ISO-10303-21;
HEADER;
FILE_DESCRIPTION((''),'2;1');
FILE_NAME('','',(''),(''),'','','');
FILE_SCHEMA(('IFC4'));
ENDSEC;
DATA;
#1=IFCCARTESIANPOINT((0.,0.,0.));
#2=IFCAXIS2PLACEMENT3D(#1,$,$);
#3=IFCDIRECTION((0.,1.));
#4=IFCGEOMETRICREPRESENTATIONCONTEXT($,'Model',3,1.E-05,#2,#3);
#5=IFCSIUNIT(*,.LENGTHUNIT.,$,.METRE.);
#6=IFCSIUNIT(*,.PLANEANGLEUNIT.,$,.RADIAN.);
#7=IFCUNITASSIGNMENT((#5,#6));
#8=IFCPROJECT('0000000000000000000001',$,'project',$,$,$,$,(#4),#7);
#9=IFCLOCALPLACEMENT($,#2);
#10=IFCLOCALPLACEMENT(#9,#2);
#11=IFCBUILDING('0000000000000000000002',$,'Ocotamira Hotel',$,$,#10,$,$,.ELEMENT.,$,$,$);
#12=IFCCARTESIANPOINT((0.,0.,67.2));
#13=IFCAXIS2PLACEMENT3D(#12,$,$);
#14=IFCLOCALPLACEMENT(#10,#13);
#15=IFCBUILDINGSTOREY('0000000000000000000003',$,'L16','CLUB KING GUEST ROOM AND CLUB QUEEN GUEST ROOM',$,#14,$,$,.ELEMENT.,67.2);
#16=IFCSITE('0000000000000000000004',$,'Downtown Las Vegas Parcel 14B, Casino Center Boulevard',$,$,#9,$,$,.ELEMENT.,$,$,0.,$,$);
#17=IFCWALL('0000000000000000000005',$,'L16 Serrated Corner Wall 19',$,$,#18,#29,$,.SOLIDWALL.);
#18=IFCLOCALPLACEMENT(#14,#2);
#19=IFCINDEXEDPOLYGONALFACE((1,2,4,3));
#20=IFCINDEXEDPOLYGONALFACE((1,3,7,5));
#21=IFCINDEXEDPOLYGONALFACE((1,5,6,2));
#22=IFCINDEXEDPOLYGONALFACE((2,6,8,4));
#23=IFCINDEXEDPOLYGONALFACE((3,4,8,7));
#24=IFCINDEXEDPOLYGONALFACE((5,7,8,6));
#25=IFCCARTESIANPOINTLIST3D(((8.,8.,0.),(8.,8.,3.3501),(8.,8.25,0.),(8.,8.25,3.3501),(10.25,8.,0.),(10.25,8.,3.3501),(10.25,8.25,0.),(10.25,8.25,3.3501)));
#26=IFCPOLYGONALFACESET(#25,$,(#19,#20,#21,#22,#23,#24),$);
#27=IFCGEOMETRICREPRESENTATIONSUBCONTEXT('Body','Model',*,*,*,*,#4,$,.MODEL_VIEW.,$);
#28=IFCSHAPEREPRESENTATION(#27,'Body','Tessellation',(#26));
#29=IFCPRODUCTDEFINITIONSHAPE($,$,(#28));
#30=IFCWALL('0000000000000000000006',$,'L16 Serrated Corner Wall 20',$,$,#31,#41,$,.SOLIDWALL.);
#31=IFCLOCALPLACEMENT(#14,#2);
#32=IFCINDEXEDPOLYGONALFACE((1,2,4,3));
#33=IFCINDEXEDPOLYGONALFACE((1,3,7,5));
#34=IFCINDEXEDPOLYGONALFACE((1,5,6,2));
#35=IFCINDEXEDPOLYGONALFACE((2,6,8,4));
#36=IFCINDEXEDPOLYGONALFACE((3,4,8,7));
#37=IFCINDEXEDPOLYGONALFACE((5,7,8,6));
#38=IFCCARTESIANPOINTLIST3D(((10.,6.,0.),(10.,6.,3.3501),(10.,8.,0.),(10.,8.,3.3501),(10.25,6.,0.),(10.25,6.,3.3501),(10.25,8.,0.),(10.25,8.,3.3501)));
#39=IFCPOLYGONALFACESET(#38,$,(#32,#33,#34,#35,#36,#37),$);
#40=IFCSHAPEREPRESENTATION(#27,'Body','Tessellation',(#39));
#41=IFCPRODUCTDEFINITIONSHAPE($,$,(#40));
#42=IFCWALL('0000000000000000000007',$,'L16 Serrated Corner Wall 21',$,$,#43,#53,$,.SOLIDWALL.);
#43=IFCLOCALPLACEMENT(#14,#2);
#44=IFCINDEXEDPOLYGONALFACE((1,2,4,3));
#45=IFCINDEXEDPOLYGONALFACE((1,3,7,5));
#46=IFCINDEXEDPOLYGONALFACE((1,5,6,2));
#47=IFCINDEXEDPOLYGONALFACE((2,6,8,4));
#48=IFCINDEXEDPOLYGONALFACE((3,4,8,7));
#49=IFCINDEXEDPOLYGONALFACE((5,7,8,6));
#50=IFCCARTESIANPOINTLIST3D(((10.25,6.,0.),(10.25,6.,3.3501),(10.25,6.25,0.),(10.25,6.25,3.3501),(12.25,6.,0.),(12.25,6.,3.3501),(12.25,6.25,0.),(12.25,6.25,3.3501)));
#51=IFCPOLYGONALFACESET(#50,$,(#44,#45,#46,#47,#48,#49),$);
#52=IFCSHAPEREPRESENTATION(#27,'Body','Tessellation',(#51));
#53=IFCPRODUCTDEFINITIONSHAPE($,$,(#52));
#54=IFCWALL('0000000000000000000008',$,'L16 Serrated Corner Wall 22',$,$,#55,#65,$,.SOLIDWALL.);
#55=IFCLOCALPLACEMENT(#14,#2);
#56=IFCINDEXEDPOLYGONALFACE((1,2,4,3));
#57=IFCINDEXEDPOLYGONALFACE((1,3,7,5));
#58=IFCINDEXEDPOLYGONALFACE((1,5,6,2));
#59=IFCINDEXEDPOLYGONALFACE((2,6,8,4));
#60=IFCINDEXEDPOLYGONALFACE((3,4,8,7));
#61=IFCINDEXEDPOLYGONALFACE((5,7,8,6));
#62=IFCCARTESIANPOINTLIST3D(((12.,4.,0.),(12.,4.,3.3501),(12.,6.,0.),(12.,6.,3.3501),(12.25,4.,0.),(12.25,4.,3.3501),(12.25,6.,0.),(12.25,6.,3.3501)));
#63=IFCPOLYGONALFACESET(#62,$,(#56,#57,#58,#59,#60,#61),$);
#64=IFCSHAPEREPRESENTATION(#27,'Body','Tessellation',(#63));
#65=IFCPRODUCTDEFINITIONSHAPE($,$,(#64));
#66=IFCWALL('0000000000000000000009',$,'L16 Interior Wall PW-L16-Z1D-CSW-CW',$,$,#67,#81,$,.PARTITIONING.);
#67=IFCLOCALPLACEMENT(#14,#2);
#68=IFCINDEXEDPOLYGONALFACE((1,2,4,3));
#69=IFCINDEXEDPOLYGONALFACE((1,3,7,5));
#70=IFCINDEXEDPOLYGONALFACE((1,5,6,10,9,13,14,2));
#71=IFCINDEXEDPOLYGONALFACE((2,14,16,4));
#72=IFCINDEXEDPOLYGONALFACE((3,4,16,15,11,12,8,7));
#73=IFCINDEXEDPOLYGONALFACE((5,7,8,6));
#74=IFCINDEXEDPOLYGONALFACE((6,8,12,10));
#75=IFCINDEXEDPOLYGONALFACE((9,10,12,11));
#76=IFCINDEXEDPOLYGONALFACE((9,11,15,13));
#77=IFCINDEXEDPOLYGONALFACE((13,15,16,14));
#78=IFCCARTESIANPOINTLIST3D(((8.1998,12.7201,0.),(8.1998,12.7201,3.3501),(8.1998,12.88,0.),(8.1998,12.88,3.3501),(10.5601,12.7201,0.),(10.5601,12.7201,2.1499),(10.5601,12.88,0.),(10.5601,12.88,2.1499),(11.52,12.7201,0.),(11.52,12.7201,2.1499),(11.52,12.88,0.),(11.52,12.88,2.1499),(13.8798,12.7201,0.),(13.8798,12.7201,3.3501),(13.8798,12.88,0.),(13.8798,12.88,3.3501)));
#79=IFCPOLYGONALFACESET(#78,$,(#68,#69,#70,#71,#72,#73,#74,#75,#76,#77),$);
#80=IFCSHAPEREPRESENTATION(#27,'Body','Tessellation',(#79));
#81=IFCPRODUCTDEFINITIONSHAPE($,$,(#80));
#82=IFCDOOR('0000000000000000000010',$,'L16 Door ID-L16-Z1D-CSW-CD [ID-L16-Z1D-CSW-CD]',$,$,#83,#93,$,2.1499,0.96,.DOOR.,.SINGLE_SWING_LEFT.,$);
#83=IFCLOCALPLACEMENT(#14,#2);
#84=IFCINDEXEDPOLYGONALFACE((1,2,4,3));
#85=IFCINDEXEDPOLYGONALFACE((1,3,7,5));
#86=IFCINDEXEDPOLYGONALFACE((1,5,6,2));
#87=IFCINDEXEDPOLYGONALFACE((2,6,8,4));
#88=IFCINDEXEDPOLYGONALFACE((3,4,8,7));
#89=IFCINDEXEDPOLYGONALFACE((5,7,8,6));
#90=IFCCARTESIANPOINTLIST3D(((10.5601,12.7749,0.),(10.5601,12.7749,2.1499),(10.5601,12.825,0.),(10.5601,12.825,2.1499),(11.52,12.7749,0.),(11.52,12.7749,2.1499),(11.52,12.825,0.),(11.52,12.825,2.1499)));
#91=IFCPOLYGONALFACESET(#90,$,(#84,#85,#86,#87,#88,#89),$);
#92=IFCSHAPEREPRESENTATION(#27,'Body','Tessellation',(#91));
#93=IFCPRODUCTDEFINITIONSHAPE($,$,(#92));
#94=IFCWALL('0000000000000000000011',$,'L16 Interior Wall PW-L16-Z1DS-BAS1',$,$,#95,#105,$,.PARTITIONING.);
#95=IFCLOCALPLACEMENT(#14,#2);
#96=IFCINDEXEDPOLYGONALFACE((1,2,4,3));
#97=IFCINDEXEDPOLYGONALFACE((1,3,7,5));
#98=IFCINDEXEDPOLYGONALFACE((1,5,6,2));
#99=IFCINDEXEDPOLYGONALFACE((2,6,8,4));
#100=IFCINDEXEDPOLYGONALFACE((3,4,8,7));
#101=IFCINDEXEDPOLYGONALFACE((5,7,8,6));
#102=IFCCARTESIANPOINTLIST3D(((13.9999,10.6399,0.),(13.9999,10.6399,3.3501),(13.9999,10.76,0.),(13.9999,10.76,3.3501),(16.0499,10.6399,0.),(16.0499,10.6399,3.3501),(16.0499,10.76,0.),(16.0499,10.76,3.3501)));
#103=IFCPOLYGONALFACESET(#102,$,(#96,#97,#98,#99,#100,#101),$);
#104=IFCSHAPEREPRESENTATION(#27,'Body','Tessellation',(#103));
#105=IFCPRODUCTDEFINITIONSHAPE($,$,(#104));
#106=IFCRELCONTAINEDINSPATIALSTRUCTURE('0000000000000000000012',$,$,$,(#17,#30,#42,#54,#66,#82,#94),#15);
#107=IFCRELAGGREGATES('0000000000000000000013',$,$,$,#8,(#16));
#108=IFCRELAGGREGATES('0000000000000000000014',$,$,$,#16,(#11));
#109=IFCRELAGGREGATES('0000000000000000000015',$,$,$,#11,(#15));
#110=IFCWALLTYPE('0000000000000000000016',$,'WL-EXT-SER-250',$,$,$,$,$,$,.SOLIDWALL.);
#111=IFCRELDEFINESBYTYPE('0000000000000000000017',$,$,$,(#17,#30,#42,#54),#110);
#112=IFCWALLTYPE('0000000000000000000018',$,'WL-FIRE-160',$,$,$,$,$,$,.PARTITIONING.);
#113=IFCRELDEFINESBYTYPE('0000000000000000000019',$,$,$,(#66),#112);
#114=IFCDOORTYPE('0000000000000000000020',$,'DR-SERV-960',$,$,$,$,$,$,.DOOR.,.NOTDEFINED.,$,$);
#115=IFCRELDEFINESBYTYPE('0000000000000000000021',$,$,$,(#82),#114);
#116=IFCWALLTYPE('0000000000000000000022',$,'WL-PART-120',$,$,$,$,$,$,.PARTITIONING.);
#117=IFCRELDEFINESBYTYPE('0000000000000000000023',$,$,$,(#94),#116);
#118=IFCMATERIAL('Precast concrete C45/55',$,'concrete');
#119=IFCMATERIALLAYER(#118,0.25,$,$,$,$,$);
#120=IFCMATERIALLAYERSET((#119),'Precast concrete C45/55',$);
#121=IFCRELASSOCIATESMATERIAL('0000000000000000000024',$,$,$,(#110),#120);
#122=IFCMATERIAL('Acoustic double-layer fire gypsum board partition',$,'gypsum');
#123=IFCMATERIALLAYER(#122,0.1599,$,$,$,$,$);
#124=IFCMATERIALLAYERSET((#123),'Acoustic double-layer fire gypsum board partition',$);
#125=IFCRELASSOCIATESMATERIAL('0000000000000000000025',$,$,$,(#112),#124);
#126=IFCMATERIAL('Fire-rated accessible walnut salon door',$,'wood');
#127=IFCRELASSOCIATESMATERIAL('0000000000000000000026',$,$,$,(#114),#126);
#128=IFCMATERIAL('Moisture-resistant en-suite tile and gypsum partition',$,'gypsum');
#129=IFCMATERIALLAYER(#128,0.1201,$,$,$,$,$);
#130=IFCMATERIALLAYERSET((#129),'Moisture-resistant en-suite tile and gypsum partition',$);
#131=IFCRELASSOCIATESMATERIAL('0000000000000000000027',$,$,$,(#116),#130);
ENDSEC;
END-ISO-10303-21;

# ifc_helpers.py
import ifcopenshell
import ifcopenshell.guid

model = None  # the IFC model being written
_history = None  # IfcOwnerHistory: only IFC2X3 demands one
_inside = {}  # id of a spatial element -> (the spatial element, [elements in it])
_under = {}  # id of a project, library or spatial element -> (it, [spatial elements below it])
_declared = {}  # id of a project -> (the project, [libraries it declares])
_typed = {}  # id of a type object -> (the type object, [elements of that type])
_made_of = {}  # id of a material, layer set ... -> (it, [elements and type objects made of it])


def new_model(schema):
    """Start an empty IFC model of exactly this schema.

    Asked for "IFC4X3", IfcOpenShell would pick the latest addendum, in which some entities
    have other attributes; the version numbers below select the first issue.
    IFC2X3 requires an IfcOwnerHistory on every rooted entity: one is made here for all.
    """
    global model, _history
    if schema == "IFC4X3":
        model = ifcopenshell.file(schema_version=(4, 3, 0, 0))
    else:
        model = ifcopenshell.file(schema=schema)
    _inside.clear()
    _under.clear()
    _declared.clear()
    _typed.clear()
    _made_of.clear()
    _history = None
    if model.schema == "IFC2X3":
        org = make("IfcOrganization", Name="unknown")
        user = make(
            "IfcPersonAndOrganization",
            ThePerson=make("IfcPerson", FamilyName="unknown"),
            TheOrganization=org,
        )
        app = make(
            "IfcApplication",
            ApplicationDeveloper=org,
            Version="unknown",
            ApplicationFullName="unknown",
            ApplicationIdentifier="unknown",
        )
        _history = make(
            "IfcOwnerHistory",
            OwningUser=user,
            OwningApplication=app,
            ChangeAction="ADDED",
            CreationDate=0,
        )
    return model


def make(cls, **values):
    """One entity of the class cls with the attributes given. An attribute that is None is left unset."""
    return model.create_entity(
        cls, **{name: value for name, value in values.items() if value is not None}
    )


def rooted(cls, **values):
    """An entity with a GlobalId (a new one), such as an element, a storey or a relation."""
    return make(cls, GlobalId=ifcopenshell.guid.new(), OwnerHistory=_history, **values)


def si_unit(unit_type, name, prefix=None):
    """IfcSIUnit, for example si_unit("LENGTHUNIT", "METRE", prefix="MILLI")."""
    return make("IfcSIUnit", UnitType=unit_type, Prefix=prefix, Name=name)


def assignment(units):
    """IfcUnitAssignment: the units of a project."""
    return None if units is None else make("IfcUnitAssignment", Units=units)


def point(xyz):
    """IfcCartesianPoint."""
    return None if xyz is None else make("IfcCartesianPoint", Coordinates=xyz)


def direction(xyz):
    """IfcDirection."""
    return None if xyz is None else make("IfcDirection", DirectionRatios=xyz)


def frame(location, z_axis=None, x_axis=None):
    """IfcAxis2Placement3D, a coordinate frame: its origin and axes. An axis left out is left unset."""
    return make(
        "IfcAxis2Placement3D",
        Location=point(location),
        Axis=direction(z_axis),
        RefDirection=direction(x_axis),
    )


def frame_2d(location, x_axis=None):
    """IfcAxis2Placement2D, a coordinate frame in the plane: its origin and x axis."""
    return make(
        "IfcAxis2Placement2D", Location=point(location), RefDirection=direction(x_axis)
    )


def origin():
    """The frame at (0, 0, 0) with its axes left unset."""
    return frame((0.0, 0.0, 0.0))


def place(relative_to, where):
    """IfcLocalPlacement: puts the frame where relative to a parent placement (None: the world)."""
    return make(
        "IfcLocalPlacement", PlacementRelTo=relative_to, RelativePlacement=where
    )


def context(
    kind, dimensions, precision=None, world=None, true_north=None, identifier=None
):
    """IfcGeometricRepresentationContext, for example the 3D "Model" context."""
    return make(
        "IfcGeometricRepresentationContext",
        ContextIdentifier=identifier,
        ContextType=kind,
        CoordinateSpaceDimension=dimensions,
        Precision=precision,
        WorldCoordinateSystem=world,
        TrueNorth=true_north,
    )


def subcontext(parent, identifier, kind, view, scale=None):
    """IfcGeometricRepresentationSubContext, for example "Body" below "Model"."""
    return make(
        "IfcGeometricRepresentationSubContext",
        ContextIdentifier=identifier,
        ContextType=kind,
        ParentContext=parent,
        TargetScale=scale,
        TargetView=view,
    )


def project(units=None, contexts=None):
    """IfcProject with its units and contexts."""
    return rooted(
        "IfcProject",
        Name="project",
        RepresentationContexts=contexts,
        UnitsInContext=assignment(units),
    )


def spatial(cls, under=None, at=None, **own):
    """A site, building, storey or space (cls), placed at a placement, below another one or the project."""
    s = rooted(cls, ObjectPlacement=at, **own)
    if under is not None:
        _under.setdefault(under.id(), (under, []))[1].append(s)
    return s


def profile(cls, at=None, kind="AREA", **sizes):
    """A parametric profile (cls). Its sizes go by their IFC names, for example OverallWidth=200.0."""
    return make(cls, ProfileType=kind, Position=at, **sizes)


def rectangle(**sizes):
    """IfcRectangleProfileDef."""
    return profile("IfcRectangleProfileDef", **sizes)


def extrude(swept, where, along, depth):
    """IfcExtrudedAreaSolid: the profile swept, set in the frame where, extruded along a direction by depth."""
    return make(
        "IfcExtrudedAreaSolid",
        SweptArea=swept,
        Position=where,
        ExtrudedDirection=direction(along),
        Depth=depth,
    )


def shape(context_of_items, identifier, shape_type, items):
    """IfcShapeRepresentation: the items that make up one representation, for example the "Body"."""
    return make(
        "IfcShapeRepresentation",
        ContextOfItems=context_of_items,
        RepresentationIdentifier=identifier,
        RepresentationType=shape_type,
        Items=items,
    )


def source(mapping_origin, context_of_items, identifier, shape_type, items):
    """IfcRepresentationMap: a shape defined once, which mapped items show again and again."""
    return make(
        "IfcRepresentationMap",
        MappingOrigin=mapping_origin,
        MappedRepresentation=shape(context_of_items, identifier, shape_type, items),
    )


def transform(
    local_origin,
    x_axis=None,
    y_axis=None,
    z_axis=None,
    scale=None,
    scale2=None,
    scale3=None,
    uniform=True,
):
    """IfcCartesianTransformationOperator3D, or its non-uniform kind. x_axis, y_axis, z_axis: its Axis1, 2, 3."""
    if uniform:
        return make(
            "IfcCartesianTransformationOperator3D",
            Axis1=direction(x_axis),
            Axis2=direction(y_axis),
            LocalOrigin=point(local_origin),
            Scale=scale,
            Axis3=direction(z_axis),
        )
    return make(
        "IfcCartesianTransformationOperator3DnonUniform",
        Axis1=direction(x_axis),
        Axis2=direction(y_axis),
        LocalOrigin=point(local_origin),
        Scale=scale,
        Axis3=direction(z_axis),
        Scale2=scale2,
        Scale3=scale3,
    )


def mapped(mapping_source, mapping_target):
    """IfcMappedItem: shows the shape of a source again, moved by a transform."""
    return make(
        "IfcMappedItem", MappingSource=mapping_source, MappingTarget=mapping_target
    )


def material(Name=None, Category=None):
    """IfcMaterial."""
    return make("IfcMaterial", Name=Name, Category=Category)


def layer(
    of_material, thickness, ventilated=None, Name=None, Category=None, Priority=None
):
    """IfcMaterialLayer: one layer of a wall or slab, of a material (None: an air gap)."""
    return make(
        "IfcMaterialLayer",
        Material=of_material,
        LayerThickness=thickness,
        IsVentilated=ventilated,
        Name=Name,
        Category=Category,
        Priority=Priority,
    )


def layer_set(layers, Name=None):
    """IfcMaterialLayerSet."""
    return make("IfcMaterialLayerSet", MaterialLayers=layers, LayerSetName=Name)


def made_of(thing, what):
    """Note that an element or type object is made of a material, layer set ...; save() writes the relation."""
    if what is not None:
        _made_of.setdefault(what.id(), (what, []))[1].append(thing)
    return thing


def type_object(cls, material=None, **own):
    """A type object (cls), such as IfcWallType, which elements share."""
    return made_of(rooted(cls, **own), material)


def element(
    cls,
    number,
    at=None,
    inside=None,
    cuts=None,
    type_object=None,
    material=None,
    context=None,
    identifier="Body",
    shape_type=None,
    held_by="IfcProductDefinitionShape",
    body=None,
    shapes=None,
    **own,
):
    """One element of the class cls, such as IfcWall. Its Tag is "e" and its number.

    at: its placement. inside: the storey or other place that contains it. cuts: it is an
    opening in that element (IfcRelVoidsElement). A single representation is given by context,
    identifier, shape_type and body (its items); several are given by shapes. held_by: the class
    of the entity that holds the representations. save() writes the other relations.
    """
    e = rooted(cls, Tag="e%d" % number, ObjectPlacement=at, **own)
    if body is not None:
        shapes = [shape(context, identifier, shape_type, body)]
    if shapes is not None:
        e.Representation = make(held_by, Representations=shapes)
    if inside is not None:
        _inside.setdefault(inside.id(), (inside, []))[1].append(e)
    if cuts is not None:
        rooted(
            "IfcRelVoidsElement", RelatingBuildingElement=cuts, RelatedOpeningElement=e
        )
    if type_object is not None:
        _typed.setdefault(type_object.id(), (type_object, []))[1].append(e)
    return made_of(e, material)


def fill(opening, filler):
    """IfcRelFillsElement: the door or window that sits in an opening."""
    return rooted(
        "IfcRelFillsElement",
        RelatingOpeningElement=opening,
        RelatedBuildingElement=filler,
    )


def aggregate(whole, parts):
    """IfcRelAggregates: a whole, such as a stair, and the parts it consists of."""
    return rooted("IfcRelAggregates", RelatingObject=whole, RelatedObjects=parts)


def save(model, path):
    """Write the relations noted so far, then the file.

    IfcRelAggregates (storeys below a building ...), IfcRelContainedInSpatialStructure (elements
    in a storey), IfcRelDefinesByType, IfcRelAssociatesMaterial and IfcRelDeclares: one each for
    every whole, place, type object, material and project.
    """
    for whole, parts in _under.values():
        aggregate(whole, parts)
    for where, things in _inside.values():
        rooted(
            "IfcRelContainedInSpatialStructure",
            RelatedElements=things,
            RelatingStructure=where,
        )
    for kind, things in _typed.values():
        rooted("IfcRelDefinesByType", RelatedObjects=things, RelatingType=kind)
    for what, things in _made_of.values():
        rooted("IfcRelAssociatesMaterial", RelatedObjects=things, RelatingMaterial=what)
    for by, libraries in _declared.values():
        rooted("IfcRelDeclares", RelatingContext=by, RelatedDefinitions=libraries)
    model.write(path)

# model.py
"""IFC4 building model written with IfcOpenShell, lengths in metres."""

from ifc_helpers import new_model, si_unit, direction, frame, frame_2d, origin, place, context, subcontext, project, spatial, rectangle, extrude, source, transform, mapped, material, layer, layer_set, type_object, element, fill, save


model = new_model("IFC4")

# Units and contexts
model_context = context("Model", 3, precision=1e-05, world=origin(), true_north=direction((0.0, 1.0)))
body_context = subcontext(model_context, "Body", "Model", "MODEL_VIEW")
ifc_project = project(units=[si_unit("LENGTHUNIT", "METRE"), si_unit("PLANEANGLEUNIT", "RADIAN")], contexts=[model_context])

# Site, building, storey
site_placement = place(None, origin())
site = spatial("IfcSite", under=ifc_project, at=site_placement, Name="Downtown Las Vegas Parcel 14B, Casino Center Boulevard", CompositionType="ELEMENT", RefElevation=0.0)
building_placement = place(site_placement, origin())
building = spatial("IfcBuilding", under=site, at=building_placement, Name="Ocotamira Hotel", CompositionType="ELEMENT")
storey_placement = place(building_placement, frame((0.0, 0.0, 67.2)))
storey = spatial("IfcBuildingStorey", under=building, at=storey_placement, Name="L16", Description="CLUB KING GUEST ROOM AND CLUB QUEEN GUEST ROOM", CompositionType="ELEMENT", Elevation=67.2)

# Walls
ifc_material_1 = material(Name="Precast concrete C45/55", Category="concrete")
ifc_layer_1 = layer(ifc_material_1, 0.25)
ifc_layer_set_1 = layer_set([ifc_layer_1], Name="Precast concrete C45/55")
wall_type_1 = type_object("IfcWallType", Name="WL-EXT-SER-250", PredefinedType="SOLIDWALL", material=ifc_layer_set_1)
wall_1_placement = place(storey_placement, frame((8.0, 8.125, 0.0), z_axis=(0.0, 0.0, 1.0), x_axis=(1.0, 0.0, 0.0)))
element("IfcWall", 1, at=wall_1_placement, inside=storey, type_object=wall_type_1, Name="L16 Serrated Corner Wall 19", PredefinedType="SOLIDWALL", context=body_context, shape_type="SweptSolid", body=[
    extrude(rectangle(XDim=2.25, YDim=0.25, at=frame_2d((1.125, 0.0))), origin(), (0.0, 0.0, 1.0), 3.3501),
])
for number, where, z_axis, x_axis, name in (
    (2, (10.125, 8.0, 0.0), (0.0, 0.0, 1.0), (0.0, -1.0, 0.0), "L16 Serrated Corner Wall 20"),
    (3, (10.25, 6.125, 0.0), (0.0, 0.0, 1.0), (1.0, 0.0, 0.0), "L16 Serrated Corner Wall 21"),
    (4, (12.125, 6.0, 0.0), (0.0, 0.0, 1.0), (0.0, -1.0, 0.0), "L16 Serrated Corner Wall 22"),
):
    element("IfcWall", number, at=place(storey_placement, frame(where, z_axis=z_axis, x_axis=x_axis)), inside=storey, type_object=wall_type_1, Name=name, PredefinedType="SOLIDWALL", context=body_context, shape_type="SweptSolid", body=[
        extrude(rectangle(XDim=2.0, YDim=0.25, at=frame_2d((1.0, 0.0))), origin(), (0.0, 0.0, 1.0), 3.3501),
    ])

# Wall, opening, door
ifc_material_2 = material(Name="Acoustic double-layer fire gypsum board partition", Category="gypsum")
ifc_layer_2 = layer(ifc_material_2, 0.1599)
ifc_layer_set_2 = layer_set([ifc_layer_2], Name="Acoustic double-layer fire gypsum board partition")
wall_type_2 = type_object("IfcWallType", Name="WL-FIRE-160", PredefinedType="PARTITIONING", material=ifc_layer_set_2)
wall_2_placement = place(storey_placement, frame((8.2, 12.8, 0.0), z_axis=(0.0, 0.0, 1.0), x_axis=(1.0, 0.0, 0.0)))
wall_2 = element("IfcWall", 5, at=wall_2_placement, inside=storey, type_object=wall_type_2, Name="L16 Interior Wall PW-L16-Z1D-CSW-CW", PredefinedType="PARTITIONING", context=body_context, shape_type="SweptSolid", body=[
    extrude(rectangle(XDim=5.6799, YDim=0.1599, at=frame_2d((2.8398, 0.0))), origin(), (0.0, 0.0, 1.0), 3.3501),
])
opening_1_placement = place(wall_2_placement, frame((2.3601, 0.0, 0.0)))
opening_1 = element("IfcOpeningElement", 6, at=opening_1_placement, cuts=wall_2, PredefinedType="OPENING", context=body_context, shape_type="SweptSolid", body=[
    extrude(rectangle(XDim=0.96, YDim=2.1499, at=frame_2d((0.48, 1.075))), frame((0.0, 0.0898, 0.0), z_axis=(0.0, -1.0, 0.0), x_axis=(1.0, 0.0, 0.0)), (0.0, 0.0, 1.0), 0.1799),
])
ifc_material_3 = material(Name="Fire-rated accessible walnut salon door", Category="wood")
door_type_1 = type_object("IfcDoorType", Name="DR-SERV-960", OperationType="NOTDEFINED", PredefinedType="DOOR", material=ifc_material_3)
shared_shape_1 = source(origin(), body_context, "Body", "SweptSolid", [
    extrude(rectangle(XDim=0.96, YDim=2.1499, at=frame_2d((0.48, 1.075))), frame((0.0, 0.0249, 0.0), z_axis=(0.0, -1.0, 0.0), x_axis=(1.0, 0.0, 0.0)), (0.0, 0.0, 1.0), 0.05),
])
door_1_placement = place(opening_1_placement, origin())
door_1 = element("IfcDoor", 7, at=door_1_placement, inside=storey, type_object=door_type_1, Name="L16 Door ID-L16-Z1D-CSW-CD [ID-L16-Z1D-CSW-CD]", OperationType="SINGLE_SWING_LEFT", OverallHeight=2.1499, OverallWidth=0.96, PredefinedType="DOOR", context=body_context, shape_type="MappedRepresentation", body=[
    mapped(shared_shape_1, transform((0.0, 0.0, 0.0), scale=1.0)),
])
fill(opening_1, door_1)

# Wall
ifc_material_4 = material(Name="Moisture-resistant en-suite tile and gypsum partition", Category="gypsum")
ifc_layer_3 = layer(ifc_material_4, 0.1201)
ifc_layer_set_3 = layer_set([ifc_layer_3], Name="Moisture-resistant en-suite tile and gypsum partition")
wall_type_3 = type_object("IfcWallType", Name="WL-PART-120", PredefinedType="PARTITIONING", material=ifc_layer_set_3)
wall_3_placement = place(storey_placement, frame((14.0, 10.7, 0.0), z_axis=(0.0, 0.0, 1.0), x_axis=(1.0, 0.0, 0.0)))
element("IfcWall", 8, at=wall_3_placement, inside=storey, type_object=wall_type_3, Name="L16 Interior Wall PW-L16-Z1DS-BAS1", PredefinedType="PARTITIONING", context=body_context, shape_type="SweptSolid", body=[
    extrude(rectangle(XDim=2.05, YDim=0.1201, at=frame_2d((1.0249, 0.0))), origin(), (0.0, 0.0, 1.0), 3.3501),
])

save(model, "model.ifc")
